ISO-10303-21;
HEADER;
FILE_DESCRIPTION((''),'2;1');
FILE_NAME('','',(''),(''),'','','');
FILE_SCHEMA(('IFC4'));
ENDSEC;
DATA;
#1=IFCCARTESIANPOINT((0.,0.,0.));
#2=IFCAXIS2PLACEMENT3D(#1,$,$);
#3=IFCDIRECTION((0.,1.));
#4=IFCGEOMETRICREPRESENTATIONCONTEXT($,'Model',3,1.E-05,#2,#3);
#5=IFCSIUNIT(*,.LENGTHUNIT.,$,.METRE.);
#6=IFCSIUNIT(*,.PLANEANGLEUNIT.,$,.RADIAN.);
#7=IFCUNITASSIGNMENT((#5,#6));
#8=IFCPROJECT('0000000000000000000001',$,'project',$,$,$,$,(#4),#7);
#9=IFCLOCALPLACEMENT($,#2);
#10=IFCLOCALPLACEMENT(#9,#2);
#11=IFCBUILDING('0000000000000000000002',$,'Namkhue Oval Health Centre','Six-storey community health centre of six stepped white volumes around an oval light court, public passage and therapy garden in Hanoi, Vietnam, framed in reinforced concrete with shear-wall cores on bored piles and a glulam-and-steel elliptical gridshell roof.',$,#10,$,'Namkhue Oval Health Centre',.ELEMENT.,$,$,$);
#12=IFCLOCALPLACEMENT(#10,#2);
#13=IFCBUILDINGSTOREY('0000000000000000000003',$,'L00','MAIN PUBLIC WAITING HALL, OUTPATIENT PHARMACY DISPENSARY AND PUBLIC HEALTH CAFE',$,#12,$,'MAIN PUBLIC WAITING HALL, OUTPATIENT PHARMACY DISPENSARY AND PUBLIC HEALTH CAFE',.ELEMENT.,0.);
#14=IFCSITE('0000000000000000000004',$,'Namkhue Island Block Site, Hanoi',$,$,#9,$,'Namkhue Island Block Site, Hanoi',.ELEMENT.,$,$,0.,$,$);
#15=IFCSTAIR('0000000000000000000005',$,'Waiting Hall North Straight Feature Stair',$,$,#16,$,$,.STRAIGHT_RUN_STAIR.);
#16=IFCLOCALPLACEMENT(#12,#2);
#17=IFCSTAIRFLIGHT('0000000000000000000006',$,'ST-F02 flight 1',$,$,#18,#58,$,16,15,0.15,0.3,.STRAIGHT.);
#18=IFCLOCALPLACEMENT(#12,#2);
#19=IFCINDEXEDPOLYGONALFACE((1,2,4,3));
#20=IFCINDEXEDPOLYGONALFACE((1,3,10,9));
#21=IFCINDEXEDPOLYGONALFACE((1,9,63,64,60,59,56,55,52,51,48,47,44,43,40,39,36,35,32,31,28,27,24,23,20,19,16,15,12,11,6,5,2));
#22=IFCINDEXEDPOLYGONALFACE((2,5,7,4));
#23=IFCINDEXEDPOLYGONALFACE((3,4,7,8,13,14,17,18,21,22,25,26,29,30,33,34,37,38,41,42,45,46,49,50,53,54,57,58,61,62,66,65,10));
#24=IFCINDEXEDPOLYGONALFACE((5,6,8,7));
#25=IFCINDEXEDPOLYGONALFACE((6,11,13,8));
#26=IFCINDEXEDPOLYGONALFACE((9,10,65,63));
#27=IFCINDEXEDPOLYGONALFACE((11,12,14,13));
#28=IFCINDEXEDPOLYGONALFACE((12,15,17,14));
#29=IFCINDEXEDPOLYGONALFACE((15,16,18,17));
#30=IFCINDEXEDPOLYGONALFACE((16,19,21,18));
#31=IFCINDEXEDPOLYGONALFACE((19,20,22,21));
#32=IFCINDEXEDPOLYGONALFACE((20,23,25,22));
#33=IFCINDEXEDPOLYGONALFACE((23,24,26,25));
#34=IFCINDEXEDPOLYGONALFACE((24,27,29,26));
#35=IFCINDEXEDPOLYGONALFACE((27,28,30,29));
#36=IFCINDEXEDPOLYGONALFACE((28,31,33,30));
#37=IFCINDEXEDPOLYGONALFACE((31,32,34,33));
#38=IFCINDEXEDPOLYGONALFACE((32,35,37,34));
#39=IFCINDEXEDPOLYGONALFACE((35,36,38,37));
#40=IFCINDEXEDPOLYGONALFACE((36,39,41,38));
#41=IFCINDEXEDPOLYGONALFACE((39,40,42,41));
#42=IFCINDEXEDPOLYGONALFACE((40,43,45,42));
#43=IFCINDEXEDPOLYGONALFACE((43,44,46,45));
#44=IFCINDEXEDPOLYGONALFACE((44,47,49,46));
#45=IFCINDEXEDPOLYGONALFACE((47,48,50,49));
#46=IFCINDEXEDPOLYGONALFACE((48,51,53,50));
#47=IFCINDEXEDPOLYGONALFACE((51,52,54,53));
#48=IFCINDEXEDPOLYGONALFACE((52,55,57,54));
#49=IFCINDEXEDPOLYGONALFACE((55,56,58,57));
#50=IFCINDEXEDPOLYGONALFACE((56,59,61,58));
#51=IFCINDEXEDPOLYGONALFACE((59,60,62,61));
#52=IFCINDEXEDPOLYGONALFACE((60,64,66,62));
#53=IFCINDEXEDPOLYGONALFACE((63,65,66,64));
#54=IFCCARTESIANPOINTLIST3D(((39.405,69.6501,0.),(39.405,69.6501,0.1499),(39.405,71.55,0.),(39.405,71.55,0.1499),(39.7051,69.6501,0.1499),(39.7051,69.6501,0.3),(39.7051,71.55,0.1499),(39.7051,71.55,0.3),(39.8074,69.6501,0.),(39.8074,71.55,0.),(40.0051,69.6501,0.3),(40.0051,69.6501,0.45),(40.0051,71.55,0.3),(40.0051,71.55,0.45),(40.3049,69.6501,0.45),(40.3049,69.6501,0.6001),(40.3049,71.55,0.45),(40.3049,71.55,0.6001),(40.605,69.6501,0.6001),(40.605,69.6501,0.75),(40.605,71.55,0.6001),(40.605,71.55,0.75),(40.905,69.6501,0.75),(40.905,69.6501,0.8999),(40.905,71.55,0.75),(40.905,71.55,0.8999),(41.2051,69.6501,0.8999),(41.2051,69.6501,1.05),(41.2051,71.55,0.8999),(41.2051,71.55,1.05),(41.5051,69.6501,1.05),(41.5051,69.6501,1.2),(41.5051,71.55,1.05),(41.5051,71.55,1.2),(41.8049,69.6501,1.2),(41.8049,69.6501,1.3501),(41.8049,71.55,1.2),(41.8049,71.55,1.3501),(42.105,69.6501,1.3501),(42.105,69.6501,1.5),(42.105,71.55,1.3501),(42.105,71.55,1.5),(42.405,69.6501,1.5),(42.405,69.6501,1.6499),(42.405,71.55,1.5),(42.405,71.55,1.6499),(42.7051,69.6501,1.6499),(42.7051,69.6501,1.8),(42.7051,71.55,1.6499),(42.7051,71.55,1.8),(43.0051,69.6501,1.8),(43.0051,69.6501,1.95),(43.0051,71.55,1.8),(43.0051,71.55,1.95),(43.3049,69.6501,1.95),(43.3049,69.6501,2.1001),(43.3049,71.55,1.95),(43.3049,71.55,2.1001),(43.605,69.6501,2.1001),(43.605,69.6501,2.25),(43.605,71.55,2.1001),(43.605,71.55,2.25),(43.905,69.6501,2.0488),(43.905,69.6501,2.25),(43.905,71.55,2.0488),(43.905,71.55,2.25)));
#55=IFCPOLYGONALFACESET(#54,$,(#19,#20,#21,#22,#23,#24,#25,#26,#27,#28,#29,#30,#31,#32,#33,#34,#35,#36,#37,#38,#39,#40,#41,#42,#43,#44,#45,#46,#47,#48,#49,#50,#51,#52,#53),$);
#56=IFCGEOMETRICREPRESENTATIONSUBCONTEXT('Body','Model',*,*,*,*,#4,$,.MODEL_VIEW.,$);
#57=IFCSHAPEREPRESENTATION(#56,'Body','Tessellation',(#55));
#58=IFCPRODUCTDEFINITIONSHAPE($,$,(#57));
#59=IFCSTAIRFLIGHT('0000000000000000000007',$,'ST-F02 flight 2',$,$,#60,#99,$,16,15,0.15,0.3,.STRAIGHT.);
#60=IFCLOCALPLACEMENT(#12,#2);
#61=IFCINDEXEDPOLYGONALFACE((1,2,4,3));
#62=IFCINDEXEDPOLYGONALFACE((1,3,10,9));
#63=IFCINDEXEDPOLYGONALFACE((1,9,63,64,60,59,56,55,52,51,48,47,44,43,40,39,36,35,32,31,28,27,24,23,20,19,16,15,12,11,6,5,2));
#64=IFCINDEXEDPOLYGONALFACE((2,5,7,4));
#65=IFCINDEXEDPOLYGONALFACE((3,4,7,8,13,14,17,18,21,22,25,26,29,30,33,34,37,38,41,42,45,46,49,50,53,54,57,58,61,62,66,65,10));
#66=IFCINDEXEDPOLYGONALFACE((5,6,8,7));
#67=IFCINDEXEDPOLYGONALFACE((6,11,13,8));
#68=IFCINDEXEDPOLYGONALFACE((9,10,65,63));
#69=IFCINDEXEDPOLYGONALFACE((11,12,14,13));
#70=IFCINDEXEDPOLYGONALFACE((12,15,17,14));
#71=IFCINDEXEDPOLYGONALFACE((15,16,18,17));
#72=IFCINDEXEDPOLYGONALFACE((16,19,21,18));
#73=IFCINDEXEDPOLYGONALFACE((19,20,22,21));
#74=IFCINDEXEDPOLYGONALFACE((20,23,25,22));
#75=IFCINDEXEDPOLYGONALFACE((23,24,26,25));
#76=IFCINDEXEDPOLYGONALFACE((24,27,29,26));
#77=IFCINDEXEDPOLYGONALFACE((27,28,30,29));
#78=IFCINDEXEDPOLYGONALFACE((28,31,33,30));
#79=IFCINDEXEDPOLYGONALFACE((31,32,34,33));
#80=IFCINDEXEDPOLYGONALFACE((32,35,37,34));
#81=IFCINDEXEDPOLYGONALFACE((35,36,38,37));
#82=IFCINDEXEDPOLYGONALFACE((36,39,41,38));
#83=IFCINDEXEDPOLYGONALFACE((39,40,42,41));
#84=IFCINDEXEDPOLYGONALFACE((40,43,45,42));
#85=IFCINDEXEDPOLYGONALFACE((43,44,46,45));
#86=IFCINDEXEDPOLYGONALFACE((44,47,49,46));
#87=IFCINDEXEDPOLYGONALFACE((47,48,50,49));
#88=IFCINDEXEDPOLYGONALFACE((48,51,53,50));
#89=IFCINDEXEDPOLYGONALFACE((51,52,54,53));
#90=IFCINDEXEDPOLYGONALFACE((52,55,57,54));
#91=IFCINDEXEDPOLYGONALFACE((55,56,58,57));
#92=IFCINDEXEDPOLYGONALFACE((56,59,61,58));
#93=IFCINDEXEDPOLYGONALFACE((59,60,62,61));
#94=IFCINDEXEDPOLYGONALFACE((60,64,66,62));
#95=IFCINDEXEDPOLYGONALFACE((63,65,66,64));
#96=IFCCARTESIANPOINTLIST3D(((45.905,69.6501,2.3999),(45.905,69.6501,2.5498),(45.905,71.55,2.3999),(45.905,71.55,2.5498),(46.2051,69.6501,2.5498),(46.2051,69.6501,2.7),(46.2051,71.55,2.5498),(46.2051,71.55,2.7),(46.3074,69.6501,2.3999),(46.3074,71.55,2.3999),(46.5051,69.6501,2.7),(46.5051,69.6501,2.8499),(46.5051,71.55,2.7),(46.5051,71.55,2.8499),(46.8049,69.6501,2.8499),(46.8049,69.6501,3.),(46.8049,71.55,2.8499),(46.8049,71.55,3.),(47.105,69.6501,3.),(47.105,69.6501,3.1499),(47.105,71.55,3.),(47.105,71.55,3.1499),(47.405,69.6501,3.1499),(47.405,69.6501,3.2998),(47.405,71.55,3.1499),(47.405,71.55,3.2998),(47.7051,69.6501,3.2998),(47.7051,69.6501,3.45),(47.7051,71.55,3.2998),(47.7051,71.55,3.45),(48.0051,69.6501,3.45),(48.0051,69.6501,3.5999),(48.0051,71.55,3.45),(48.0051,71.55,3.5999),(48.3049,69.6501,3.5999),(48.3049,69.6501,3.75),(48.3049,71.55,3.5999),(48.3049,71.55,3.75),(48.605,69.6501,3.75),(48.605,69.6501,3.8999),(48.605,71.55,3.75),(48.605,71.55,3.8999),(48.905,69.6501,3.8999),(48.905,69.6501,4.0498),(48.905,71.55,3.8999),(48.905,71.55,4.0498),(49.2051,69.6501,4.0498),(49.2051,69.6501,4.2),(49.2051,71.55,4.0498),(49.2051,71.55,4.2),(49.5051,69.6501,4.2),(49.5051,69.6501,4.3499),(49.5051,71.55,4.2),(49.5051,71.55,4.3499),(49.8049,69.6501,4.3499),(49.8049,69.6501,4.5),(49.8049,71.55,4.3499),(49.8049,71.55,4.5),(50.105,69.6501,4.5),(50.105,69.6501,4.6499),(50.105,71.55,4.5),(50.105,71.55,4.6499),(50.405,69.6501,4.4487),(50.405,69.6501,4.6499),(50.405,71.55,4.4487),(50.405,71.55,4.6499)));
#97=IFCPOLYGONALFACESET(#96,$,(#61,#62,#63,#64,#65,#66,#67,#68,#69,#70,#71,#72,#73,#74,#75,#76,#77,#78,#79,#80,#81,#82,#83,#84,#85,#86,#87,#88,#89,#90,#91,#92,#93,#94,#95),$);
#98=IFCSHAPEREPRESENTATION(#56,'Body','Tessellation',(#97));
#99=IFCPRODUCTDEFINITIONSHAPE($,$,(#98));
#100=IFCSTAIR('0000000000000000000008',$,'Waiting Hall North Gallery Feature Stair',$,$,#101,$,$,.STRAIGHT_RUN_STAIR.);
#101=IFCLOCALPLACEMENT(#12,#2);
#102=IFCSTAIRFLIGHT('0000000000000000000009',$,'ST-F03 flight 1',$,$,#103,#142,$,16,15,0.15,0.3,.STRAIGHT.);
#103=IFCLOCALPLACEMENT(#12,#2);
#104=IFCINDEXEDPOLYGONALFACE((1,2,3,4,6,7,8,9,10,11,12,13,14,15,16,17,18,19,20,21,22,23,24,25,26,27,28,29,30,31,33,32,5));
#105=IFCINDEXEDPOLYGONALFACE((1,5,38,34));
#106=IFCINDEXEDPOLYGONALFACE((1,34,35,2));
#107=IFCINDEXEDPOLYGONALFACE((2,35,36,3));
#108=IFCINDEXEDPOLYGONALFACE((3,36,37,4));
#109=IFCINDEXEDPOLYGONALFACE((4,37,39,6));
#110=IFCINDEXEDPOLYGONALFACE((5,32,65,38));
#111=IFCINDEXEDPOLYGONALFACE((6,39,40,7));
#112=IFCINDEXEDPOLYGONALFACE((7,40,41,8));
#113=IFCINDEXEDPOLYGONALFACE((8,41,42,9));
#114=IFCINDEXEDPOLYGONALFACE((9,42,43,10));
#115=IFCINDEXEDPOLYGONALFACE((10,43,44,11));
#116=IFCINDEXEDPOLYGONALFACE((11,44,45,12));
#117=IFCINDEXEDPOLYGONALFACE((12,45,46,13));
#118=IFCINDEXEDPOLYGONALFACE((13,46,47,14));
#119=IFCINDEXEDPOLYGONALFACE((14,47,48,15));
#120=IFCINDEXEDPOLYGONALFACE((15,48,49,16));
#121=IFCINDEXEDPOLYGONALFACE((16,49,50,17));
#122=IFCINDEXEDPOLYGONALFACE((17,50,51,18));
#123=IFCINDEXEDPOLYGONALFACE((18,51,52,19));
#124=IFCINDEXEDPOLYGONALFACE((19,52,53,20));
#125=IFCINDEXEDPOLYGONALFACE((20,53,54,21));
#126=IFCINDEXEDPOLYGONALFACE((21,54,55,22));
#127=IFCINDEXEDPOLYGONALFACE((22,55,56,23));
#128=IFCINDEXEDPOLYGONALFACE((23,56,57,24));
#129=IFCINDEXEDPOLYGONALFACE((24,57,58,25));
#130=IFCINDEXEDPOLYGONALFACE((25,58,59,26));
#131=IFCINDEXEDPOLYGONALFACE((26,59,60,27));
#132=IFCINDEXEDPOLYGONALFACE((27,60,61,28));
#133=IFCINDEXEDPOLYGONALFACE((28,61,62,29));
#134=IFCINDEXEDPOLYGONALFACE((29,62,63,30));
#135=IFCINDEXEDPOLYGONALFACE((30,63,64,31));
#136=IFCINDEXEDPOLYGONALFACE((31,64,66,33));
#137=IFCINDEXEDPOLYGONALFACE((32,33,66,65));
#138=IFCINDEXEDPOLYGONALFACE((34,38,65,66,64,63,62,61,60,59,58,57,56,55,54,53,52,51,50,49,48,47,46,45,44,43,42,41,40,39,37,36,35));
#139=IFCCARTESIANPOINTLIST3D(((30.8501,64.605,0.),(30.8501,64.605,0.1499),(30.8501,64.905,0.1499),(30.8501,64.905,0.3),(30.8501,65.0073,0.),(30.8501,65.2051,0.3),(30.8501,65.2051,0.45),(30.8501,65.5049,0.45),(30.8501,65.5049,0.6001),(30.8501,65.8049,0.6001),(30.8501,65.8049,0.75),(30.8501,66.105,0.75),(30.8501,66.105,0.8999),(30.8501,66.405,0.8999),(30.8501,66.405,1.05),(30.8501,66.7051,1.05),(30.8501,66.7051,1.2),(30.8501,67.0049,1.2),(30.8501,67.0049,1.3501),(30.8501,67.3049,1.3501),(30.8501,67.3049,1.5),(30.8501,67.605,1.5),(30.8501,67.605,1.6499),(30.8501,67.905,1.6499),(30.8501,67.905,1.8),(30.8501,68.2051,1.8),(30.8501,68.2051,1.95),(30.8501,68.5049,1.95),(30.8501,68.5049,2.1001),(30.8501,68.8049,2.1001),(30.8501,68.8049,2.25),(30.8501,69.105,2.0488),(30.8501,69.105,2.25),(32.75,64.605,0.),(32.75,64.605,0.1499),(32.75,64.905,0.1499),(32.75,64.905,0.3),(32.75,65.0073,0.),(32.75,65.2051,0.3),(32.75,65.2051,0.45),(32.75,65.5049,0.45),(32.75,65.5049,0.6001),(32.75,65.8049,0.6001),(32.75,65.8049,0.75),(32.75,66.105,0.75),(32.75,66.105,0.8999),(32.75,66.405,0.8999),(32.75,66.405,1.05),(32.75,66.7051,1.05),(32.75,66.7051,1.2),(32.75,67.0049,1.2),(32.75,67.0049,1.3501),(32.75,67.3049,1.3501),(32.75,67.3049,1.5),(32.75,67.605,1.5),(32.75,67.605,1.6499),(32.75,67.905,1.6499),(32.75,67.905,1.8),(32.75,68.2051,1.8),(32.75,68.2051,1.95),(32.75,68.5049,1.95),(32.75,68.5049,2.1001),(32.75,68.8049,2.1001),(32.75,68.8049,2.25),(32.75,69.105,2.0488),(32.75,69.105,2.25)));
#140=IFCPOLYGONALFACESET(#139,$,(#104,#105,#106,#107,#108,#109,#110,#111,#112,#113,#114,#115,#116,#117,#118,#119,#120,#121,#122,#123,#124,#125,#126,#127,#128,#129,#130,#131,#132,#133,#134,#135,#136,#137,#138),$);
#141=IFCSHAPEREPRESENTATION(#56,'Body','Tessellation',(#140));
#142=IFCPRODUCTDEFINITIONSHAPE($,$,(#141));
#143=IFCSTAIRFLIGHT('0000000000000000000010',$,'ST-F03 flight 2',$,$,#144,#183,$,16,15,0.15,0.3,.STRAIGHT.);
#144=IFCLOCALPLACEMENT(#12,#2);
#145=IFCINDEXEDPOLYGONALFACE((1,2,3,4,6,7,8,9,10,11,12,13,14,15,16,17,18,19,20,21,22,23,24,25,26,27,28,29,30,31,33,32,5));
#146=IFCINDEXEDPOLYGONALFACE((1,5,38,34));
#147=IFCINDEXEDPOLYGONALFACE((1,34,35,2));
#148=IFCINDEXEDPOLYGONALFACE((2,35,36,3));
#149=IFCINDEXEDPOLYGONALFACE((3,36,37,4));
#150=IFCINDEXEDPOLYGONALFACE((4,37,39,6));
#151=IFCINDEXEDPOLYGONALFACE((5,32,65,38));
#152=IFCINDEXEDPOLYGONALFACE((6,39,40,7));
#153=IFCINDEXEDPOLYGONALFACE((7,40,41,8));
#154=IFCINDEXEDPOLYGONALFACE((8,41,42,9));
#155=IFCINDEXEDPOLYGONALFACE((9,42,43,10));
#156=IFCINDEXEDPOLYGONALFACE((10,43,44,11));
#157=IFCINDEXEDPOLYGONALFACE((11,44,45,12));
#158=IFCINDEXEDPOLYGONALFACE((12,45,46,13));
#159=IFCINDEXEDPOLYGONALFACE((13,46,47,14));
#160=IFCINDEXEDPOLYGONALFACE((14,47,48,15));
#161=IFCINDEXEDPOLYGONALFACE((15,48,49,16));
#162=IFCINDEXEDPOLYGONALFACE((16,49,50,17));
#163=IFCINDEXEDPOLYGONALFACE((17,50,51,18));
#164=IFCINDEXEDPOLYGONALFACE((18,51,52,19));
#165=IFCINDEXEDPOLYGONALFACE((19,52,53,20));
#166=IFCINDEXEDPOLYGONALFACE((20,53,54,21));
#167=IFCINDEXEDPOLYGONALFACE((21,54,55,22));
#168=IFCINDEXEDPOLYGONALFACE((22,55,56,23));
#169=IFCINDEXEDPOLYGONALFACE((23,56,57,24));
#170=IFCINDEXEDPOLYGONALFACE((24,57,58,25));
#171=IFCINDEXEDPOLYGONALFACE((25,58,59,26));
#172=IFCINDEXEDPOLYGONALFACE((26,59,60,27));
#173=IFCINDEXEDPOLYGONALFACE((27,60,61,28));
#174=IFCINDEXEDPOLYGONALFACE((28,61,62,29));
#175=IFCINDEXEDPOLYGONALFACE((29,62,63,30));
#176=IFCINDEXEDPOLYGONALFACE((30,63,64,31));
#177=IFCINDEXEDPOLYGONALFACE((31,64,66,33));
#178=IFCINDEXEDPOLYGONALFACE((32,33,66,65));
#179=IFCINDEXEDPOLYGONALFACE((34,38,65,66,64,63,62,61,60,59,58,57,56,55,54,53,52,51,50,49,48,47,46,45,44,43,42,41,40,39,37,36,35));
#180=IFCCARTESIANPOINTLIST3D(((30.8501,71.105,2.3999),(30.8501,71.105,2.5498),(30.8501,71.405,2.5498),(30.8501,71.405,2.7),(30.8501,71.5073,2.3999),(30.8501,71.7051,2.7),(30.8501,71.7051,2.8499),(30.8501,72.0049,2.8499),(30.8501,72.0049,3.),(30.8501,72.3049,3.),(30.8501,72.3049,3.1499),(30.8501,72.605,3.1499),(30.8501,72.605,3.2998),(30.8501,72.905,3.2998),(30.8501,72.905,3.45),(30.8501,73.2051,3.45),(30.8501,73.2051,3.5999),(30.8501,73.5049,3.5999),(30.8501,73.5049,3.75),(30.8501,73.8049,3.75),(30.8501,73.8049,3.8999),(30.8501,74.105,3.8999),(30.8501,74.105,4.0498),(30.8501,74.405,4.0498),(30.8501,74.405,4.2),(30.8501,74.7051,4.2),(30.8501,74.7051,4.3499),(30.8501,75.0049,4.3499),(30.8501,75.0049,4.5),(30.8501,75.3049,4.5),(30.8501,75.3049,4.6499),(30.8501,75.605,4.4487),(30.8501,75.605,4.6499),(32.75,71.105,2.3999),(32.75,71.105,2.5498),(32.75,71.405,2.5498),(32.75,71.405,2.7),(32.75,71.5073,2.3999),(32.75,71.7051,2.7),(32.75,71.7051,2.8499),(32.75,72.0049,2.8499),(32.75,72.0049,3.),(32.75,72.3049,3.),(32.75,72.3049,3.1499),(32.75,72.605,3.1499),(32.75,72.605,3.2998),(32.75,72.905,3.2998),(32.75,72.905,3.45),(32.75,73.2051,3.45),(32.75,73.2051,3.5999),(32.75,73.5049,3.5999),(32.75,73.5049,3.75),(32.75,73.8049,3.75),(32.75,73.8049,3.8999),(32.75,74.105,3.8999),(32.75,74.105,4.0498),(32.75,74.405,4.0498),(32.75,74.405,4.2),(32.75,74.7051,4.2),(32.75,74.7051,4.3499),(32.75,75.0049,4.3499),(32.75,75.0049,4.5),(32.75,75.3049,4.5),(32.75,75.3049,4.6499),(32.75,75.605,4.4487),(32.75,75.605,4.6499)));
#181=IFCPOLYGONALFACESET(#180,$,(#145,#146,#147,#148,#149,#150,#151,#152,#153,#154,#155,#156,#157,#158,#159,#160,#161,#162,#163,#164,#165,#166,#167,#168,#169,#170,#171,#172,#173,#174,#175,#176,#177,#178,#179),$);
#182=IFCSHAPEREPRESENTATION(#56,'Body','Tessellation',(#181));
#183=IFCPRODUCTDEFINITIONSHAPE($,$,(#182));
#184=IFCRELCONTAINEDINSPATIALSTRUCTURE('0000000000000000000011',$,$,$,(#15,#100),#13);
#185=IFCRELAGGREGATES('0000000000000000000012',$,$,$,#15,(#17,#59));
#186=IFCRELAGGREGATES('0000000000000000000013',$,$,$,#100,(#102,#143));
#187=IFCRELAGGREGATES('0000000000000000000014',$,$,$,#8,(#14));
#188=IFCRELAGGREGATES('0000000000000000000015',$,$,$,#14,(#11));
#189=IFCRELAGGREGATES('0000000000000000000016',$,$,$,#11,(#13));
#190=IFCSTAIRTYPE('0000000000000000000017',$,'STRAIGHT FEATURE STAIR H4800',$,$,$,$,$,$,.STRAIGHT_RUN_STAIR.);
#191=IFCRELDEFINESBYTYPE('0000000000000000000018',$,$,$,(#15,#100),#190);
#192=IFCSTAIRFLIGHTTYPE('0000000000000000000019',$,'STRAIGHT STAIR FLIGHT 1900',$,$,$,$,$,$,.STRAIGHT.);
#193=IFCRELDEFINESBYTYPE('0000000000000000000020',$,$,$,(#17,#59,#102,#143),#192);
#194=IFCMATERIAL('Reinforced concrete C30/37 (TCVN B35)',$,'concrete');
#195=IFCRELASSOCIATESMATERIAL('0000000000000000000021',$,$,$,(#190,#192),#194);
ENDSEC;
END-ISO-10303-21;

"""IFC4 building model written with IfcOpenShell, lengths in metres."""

from ifc_helpers import new_model, si_unit, direction, frame, origin, place, context, subcontext, project, spatial, polyline, outline, extrude, material, type_object, element, aggregate, save


model = new_model("IFC4")

# Units and contexts
model_context = context("Model", 3, precision=1e-05, world=origin(), true_north=direction((0.0, 1.0)))
body_context = subcontext(model_context, "Body", "Model", "MODEL_VIEW")
ifc_project = project(units=[si_unit("LENGTHUNIT", "METRE"), si_unit("PLANEANGLEUNIT", "RADIAN")], contexts=[model_context])

# Site, building, storey
site_placement = place(None, origin())
site = spatial("IfcSite", under=ifc_project, at=site_placement, Name="Namkhue Island Block Site, Hanoi", LongName="Namkhue Island Block Site, Hanoi", CompositionType="ELEMENT", RefElevation=0.0)
building_placement = place(site_placement, origin())
building = spatial("IfcBuilding", under=site, at=building_placement, Name="Namkhue Oval Health Centre", Description="Six-storey community health centre of six stepped white volumes around an oval light court, public passage and therapy garden in Hanoi, Vietnam, framed in reinforced concrete with shear-wall cores on bored piles and a glulam-and-steel elliptical gridshell roof.", LongName="Namkhue Oval Health Centre", CompositionType="ELEMENT")
storey_placement = place(building_placement, origin())
storey = spatial("IfcBuildingStorey", under=building, at=storey_placement, Name="L00", Description="MAIN PUBLIC WAITING HALL, OUTPATIENT PHARMACY DISPENSARY AND PUBLIC HEALTH CAFE", LongName="MAIN PUBLIC WAITING HALL, OUTPATIENT PHARMACY DISPENSARY AND PUBLIC HEALTH CAFE", CompositionType="ELEMENT", Elevation=0.0)

# Shared definitions
ifc_material_1 = material(Name="Reinforced concrete C30/37 (TCVN B35)", Category="concrete")

# Stairs, stair flights
stair_type = type_object("IfcStairType", Name="STRAIGHT FEATURE STAIR H4800", PredefinedType="STRAIGHT_RUN_STAIR", material=ifc_material_1)
stair_1_placement = place(storey_placement, origin())
stair_1 = element("IfcStair", 1, at=stair_1_placement, inside=storey, type_object=stair_type, Name="Waiting Hall North Straight Feature Stair", PredefinedType="STRAIGHT_RUN_STAIR")
stair_flight_type = type_object("IfcStairFlightType", Name="STRAIGHT STAIR FLIGHT 1900", PredefinedType="STRAIGHT", material=ifc_material_1)
stair_flight_1_placement = place(storey_placement, frame((39.405, 70.6001, 0.0), z_axis=(0.0, 0.0, 1.0), x_axis=(1.0, 0.0, 0.0)))
stair_flight_1 = element("IfcStairFlight", 2, at=stair_flight_1_placement, type_object=stair_flight_type, Name="ST-F02 flight 1", NumberOfRisers=16, NumberOfTreads=15, PredefinedType="STRAIGHT", RiserHeight=0.15, TreadLength=0.3, context=body_context, shape_type="SweptSolid", body=[
    extrude(outline(polyline([(0.0, 0.0), (0.0, 0.1499), (0.3, 0.1499), (0.3, 0.3), (0.6001, 0.3), (0.6001, 0.45), (0.8999, 0.45), (0.8999, 0.6001), (1.2, 0.6001), (1.2, 0.75), (1.5, 0.75), (1.5, 0.8999), (1.8, 0.8999), (1.8, 1.05), (2.1001, 1.05), (2.1001, 1.2), (2.3999, 1.2), (2.3999, 1.3501), (2.7, 1.3501), (2.7, 1.5), (3.0, 1.5), (3.0, 1.6499), (3.3, 1.6499), (3.3, 1.8), (3.6001, 1.8), (3.6001, 1.95), (3.8999, 1.95), (3.8999, 2.1001), (4.2, 2.1001), (4.2, 2.25), (4.5, 2.25), (4.5, 2.3999), (4.5, 2.0488), (0.4023, 0.0), (0.0, 0.0)])), frame((0.0, 0.95, 0.0), z_axis=(0.0, -1.0, 0.0), x_axis=(1.0, 0.0, 0.0)), (0.0, 0.0, 1.0), 1.8999),
])
stair_flight_2_placement = place(storey_placement, frame((45.905, 70.6001, 2.3999), z_axis=(0.0, 0.0, 1.0), x_axis=(1.0, 0.0, 0.0)))
stair_flight_2 = element("IfcStairFlight", 3, at=stair_flight_2_placement, type_object=stair_flight_type, Name="ST-F02 flight 2", NumberOfRisers=16, NumberOfTreads=15, PredefinedType="STRAIGHT", RiserHeight=0.15, TreadLength=0.3, context=body_context, shape_type="SweptSolid", body=[
    extrude(outline(polyline([(0.0, 0.0), (0.0, 0.1499), (0.3, 0.1499), (0.3, 0.3), (0.6001, 0.3), (0.6001, 0.45), (0.8999, 0.45), (0.8999, 0.6001), (1.2, 0.6001), (1.2, 0.75), (1.5, 0.75), (1.5, 0.8999), (1.8, 0.8999), (1.8, 1.05), (2.1001, 1.05), (2.1001, 1.2), (2.3999, 1.2), (2.3999, 1.3501), (2.7, 1.3501), (2.7, 1.5), (3.0, 1.5), (3.0, 1.6499), (3.3, 1.6499), (3.3, 1.8), (3.6001, 1.8), (3.6001, 1.95), (3.8999, 1.95), (3.8999, 2.1001), (4.2, 2.1001), (4.2, 2.25), (4.5, 2.25), (4.5, 2.3999), (4.5, 2.0488), (0.4023, 0.0), (0.0, 0.0)])), frame((0.0, 0.95, 0.0), z_axis=(0.0, -1.0, 0.0), x_axis=(1.0, 0.0, 0.0)), (0.0, 0.0, 1.0), 1.8999),
])
aggregate(stair_1, [stair_flight_1, stair_flight_2])
stair_2_placement = place(storey_placement, origin())
stair_2 = element("IfcStair", 4, at=stair_2_placement, inside=storey, type_object=stair_type, Name="Waiting Hall North Gallery Feature Stair", PredefinedType="STRAIGHT_RUN_STAIR")
stair_flight_3_placement = place(storey_placement, frame((31.8, 64.605, 0.0), z_axis=(0.0, 0.0, 1.0), x_axis=(0.0, 1.0, 0.0)))
stair_flight_3 = element("IfcStairFlight", 5, at=stair_flight_3_placement, type_object=stair_flight_type, Name="ST-F03 flight 1", NumberOfRisers=16, NumberOfTreads=15, PredefinedType="STRAIGHT", RiserHeight=0.15, TreadLength=0.3, context=body_context, shape_type="SweptSolid", body=[
    extrude(outline(polyline([(0.0, 0.0), (0.0, 0.1499), (0.3, 0.1499), (0.3, 0.3), (0.6001, 0.3), (0.6001, 0.45), (0.8999, 0.45), (0.8999, 0.6001), (1.2, 0.6001), (1.2, 0.75), (1.5, 0.75), (1.5, 0.8999), (1.8, 0.8999), (1.8, 1.05), (2.1001, 1.05), (2.1001, 1.2), (2.3999, 1.2), (2.3999, 1.3501), (2.7, 1.3501), (2.7, 1.5), (3.0, 1.5), (3.0, 1.6499), (3.3, 1.6499), (3.3, 1.8), (3.6001, 1.8), (3.6001, 1.95), (3.8999, 1.95), (3.8999, 2.1001), (4.2, 2.1001), (4.2, 2.25), (4.5, 2.25), (4.5, 2.3999), (4.5, 2.0488), (0.4023, 0.0), (0.0, 0.0)])), frame((0.0, 0.95, 0.0), z_axis=(0.0, -1.0, 0.0), x_axis=(1.0, 0.0, 0.0)), (0.0, 0.0, 1.0), 1.8999),
])
stair_flight_4_placement = place(storey_placement, frame((31.8, 71.105, 2.3999), z_axis=(0.0, 0.0, 1.0), x_axis=(0.0, 1.0, 0.0)))
stair_flight_4 = element("IfcStairFlight", 6, at=stair_flight_4_placement, type_object=stair_flight_type, Name="ST-F03 flight 2", NumberOfRisers=16, NumberOfTreads=15, PredefinedType="STRAIGHT", RiserHeight=0.15, TreadLength=0.3, context=body_context, shape_type="SweptSolid", body=[
    extrude(outline(polyline([(0.0, 0.0), (0.0, 0.1499), (0.3, 0.1499), (0.3, 0.3), (0.6001, 0.3), (0.6001, 0.45), (0.8999, 0.45), (0.8999, 0.6001), (1.2, 0.6001), (1.2, 0.75), (1.5, 0.75), (1.5, 0.8999), (1.8, 0.8999), (1.8, 1.05), (2.1001, 1.05), (2.1001, 1.2), (2.3999, 1.2), (2.3999, 1.3501), (2.7, 1.3501), (2.7, 1.5), (3.0, 1.5), (3.0, 1.6499), (3.3, 1.6499), (3.3, 1.8), (3.6001, 1.8), (3.6001, 1.95), (3.8999, 1.95), (3.8999, 2.1001), (4.2, 2.1001), (4.2, 2.25), (4.5, 2.25), (4.5, 2.3999), (4.5, 2.0488), (0.4023, 0.0), (0.0, 0.0)])), frame((0.0, 0.95, 0.0), z_axis=(0.0, -1.0, 0.0), x_axis=(1.0, 0.0, 0.0)), (0.0, 0.0, 1.0), 1.8999),
])
aggregate(stair_2, [stair_flight_3, stair_flight_4])

save(model, "model.ifc")
